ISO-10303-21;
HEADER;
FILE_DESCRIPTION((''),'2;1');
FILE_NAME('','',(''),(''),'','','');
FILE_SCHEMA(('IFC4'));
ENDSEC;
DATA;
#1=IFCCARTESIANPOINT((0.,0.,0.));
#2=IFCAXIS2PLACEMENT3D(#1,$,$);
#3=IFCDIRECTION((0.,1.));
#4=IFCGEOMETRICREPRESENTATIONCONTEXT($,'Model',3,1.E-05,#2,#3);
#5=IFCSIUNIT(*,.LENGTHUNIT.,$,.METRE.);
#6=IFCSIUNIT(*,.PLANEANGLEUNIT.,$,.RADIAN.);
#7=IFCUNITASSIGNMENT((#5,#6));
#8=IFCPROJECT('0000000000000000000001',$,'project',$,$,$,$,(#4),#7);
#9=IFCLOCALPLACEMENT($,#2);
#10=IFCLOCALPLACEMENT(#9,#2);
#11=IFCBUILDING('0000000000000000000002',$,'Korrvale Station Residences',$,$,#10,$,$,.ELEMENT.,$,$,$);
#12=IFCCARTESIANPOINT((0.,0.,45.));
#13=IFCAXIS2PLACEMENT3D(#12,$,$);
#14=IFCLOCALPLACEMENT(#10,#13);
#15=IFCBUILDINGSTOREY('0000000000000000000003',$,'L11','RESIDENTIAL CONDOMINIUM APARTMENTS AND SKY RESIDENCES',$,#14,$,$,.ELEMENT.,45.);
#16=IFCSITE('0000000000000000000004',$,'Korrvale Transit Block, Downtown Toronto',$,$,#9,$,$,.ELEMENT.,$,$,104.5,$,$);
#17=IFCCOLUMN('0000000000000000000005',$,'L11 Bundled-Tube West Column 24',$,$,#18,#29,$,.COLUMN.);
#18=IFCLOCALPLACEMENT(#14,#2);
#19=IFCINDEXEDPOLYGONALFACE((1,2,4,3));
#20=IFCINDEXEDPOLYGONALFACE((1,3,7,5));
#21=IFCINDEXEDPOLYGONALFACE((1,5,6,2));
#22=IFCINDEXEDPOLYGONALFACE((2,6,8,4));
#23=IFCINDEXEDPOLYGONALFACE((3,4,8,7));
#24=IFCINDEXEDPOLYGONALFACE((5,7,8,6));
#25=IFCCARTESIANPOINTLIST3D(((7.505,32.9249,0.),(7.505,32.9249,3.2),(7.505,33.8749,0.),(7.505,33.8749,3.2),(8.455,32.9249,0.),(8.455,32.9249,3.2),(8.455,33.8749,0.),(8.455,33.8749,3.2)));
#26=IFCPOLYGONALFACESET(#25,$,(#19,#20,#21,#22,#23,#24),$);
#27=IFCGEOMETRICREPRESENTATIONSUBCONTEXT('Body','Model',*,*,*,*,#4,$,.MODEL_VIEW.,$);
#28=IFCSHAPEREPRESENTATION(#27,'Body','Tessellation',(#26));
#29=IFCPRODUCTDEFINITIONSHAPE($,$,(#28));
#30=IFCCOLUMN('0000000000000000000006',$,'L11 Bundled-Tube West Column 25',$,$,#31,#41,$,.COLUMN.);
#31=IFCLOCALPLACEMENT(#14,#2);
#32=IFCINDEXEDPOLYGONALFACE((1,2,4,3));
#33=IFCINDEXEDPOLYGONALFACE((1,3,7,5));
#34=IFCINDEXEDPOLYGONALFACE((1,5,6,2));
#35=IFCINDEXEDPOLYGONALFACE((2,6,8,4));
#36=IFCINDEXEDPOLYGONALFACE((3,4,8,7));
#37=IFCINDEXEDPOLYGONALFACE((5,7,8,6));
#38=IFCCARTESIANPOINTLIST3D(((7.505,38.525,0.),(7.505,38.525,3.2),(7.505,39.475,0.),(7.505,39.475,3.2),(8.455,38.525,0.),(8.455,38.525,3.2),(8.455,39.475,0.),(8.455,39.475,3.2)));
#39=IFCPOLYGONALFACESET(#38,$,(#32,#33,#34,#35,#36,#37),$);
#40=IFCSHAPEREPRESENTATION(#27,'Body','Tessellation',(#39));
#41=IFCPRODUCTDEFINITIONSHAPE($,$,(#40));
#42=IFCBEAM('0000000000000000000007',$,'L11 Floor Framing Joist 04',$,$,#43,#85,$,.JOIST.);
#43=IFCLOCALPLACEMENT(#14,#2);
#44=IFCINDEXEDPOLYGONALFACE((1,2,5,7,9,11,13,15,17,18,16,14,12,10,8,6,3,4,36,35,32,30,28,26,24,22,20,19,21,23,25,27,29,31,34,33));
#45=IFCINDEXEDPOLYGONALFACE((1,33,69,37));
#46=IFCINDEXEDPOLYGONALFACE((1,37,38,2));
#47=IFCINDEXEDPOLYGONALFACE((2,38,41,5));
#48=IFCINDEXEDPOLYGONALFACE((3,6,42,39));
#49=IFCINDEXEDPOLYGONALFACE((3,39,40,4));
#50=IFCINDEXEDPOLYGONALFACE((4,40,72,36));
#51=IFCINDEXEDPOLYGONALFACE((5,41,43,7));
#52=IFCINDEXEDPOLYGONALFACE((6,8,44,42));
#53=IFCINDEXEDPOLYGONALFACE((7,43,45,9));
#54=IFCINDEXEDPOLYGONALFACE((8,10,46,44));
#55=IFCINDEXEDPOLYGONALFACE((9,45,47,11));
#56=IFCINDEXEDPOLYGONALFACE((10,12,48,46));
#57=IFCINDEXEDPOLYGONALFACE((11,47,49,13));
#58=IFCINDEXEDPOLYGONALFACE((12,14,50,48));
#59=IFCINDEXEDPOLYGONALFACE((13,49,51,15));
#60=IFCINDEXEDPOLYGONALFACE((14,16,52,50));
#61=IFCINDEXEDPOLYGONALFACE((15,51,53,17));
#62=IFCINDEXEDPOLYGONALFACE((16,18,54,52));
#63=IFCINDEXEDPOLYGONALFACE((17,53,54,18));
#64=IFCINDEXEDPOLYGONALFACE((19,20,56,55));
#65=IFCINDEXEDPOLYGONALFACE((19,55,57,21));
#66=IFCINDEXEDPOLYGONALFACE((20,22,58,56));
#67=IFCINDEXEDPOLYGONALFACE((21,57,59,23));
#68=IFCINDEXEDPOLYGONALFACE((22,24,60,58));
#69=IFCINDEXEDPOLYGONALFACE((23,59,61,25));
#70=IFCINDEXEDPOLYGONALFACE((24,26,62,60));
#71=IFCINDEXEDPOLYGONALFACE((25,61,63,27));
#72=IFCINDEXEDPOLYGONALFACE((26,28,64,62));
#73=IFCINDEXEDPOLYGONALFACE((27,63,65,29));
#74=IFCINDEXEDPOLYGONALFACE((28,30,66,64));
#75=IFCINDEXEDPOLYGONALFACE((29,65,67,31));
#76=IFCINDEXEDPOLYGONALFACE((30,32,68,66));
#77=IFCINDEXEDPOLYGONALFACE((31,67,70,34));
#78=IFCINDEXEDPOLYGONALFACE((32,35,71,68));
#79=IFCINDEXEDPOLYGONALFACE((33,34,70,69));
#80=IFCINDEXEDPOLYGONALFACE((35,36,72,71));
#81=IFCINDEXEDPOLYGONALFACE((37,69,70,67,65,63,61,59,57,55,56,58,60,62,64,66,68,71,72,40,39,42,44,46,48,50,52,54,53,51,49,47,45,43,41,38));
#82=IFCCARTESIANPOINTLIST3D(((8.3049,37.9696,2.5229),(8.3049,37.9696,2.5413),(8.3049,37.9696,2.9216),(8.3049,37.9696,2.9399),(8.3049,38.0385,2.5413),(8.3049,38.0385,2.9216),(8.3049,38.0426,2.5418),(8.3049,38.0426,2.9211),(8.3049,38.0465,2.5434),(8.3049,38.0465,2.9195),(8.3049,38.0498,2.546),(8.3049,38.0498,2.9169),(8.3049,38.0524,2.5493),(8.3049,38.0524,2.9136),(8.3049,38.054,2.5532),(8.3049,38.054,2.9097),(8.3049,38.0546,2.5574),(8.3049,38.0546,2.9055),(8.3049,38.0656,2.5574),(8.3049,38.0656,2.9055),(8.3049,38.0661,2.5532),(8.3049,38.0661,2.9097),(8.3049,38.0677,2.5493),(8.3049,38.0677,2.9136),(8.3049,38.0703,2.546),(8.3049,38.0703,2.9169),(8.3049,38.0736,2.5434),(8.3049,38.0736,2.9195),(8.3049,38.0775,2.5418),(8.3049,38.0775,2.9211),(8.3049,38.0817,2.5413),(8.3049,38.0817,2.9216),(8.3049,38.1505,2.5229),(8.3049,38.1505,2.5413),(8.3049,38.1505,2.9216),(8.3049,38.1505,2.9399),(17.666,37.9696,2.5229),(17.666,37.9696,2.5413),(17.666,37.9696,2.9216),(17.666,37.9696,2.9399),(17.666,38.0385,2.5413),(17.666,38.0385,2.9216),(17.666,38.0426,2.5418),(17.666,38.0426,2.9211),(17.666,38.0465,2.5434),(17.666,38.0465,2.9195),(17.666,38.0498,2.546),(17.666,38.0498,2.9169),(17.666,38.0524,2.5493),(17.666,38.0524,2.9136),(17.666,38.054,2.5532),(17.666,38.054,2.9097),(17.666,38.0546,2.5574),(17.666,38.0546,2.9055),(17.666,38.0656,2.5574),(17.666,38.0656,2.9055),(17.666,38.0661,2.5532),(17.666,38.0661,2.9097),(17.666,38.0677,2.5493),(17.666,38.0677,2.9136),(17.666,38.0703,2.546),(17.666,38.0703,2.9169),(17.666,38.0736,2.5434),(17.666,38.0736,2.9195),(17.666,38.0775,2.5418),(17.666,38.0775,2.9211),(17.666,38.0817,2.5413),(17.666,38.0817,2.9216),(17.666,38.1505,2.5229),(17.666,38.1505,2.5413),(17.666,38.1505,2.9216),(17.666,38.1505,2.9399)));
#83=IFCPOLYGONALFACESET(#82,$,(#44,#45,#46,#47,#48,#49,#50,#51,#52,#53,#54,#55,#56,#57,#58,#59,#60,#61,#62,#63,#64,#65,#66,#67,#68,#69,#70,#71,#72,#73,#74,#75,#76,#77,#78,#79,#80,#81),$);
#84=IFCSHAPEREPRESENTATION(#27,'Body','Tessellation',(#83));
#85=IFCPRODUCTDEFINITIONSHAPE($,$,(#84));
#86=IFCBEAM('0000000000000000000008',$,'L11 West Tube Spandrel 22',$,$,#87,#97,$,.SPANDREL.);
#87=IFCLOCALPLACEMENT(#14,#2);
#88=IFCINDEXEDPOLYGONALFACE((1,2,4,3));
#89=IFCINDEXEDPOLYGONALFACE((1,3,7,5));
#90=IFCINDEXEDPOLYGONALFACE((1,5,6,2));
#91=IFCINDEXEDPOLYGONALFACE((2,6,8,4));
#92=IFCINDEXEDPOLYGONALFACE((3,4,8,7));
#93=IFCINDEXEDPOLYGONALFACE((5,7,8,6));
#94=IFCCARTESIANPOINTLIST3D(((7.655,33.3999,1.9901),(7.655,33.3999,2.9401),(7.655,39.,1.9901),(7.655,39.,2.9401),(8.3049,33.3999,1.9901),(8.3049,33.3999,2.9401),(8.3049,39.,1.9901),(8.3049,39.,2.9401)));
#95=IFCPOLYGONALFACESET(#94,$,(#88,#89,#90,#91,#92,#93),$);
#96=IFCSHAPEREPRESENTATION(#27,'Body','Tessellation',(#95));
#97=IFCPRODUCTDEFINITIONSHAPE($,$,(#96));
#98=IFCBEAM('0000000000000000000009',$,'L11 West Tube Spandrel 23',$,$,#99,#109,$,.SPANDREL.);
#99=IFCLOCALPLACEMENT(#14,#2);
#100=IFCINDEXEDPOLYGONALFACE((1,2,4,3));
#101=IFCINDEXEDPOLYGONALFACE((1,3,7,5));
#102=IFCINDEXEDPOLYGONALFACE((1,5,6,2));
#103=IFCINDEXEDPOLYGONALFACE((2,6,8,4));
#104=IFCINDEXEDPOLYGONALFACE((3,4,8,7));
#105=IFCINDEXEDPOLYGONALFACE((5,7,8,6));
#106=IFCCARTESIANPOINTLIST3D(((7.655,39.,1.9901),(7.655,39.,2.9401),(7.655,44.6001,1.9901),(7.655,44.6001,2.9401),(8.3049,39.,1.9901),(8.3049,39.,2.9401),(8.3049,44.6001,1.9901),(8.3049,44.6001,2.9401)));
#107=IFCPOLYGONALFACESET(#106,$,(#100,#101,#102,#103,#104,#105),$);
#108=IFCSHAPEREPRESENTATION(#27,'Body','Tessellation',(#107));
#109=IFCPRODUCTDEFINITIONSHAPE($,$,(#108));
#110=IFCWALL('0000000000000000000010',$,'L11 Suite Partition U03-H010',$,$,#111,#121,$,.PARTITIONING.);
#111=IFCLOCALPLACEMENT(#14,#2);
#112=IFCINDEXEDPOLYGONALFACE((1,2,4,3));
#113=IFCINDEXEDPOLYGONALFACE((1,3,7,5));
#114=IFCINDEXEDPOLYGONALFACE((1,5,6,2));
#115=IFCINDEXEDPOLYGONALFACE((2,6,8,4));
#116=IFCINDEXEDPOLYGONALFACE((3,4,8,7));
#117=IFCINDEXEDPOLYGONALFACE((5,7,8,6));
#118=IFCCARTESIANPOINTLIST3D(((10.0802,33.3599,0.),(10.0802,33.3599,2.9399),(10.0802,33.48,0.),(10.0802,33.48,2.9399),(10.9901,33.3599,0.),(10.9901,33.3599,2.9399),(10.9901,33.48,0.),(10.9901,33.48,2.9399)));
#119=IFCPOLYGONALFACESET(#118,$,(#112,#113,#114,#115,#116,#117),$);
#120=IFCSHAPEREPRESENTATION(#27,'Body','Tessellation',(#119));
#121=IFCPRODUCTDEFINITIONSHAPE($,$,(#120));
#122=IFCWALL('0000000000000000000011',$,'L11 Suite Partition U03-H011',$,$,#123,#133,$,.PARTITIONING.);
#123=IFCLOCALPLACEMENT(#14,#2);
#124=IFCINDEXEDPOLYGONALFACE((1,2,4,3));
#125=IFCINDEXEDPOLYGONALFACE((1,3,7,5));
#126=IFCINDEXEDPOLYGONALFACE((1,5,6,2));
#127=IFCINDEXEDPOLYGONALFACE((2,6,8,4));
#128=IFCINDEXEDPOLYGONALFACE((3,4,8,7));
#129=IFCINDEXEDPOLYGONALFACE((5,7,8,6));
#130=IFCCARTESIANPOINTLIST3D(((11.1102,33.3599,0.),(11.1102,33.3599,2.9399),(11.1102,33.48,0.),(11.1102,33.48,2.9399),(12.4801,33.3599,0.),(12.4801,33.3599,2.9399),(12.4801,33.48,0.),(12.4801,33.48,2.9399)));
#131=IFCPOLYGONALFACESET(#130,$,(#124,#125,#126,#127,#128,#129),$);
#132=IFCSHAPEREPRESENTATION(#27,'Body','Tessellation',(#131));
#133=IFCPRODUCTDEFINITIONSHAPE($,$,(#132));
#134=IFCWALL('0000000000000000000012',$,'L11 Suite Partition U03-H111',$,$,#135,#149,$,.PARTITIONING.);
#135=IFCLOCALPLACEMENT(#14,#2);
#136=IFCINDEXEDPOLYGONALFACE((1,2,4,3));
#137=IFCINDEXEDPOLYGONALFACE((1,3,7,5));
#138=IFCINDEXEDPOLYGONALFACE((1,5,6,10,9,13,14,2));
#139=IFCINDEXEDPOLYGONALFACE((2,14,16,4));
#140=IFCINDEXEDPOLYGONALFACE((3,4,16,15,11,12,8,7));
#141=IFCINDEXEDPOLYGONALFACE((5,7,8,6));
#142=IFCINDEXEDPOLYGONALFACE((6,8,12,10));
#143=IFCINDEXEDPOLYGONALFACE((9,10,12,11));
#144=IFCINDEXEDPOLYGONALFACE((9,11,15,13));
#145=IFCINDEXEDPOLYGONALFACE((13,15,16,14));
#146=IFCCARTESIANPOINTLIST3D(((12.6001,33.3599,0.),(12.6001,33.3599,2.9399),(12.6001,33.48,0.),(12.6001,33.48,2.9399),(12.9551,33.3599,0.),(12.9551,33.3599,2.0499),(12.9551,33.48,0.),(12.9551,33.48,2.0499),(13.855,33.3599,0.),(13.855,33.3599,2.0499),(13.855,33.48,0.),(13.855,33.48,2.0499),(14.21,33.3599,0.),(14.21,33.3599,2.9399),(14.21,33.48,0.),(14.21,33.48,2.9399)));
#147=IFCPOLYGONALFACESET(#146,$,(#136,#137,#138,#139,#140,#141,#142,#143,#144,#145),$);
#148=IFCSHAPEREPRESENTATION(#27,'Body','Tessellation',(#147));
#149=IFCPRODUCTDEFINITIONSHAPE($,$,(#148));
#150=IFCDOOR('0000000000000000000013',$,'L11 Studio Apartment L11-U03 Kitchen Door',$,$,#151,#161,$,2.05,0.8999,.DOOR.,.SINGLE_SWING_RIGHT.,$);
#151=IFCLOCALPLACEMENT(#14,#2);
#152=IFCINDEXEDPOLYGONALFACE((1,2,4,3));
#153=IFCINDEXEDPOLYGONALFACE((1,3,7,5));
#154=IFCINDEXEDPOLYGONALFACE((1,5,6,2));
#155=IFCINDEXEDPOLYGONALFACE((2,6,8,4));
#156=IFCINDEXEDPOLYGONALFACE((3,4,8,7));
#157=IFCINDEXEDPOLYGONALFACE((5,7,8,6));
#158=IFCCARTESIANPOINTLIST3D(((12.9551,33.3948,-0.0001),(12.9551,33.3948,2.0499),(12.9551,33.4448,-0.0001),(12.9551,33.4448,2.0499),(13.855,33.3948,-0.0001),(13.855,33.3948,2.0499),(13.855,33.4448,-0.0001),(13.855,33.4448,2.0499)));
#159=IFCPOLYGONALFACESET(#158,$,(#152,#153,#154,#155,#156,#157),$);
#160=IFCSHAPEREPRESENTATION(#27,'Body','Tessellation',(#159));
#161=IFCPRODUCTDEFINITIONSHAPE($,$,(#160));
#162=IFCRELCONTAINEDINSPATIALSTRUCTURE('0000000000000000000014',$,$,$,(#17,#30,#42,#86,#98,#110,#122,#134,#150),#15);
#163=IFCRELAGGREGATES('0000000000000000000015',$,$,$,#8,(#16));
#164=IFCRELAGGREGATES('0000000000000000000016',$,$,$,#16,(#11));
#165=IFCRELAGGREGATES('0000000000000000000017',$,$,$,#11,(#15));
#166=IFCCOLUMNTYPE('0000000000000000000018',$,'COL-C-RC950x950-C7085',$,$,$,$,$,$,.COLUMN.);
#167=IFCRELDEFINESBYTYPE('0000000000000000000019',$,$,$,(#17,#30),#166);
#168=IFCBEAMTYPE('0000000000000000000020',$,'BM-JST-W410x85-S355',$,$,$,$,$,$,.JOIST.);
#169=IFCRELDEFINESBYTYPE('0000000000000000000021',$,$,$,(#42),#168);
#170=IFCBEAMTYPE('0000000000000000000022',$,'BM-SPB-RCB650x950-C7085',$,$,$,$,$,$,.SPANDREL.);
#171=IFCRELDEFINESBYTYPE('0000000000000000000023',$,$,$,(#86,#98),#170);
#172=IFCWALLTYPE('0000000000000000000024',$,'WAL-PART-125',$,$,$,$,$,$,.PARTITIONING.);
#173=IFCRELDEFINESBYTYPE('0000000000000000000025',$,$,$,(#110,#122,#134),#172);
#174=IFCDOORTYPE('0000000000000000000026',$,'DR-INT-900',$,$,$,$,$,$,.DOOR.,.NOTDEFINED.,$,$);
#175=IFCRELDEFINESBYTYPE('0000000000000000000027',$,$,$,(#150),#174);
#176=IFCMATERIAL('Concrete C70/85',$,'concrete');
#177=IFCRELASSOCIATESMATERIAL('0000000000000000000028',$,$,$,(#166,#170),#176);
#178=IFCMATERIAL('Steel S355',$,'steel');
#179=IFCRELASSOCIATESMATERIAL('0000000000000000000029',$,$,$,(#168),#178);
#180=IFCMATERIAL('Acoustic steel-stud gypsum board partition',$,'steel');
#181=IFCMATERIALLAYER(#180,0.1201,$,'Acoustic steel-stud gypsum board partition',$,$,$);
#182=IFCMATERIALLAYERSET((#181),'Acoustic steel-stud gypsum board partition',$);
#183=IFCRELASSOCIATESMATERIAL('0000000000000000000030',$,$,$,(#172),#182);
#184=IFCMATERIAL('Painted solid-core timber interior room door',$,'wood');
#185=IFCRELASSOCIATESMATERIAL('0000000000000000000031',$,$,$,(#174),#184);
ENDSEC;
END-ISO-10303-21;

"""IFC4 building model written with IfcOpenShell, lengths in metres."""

from ifc_helpers import new_model, si_unit, direction, frame, frame_2d, origin, origin_2d, place, context, subcontext, project, spatial, rectangle, i_section, extrude, material, layer, layer_set, material_profile, profile_set, type_object, element, fill, save


model = new_model("IFC4")

# Units and contexts
model_context = context("Model", 3, precision=1e-05, world=origin(), true_north=direction((0.0, 1.0)))
body_context = subcontext(model_context, "Body", "Model", "MODEL_VIEW")
ifc_project = project(units=[si_unit("LENGTHUNIT", "METRE"), si_unit("PLANEANGLEUNIT", "RADIAN")], contexts=[model_context])

# Site, building, storey
site_placement = place(None, origin())
site = spatial("IfcSite", under=ifc_project, at=site_placement, Name="Korrvale Transit Block, Downtown Toronto", CompositionType="ELEMENT", RefElevation=104.5)
building_placement = place(site_placement, origin())
building = spatial("IfcBuilding", under=site, at=building_placement, Name="Korrvale Station Residences", CompositionType="ELEMENT")
storey_placement = place(building_placement, frame((0.0, 0.0, 45.0)))
storey = spatial("IfcBuildingStorey", under=building, at=storey_placement, Name="L11", Description="RESIDENTIAL CONDOMINIUM APARTMENTS AND SKY RESIDENCES", CompositionType="ELEMENT", Elevation=45.0)

# Columns
ifc_material_1 = material(Name="Concrete C70/85", Category="concrete")
ifc_material_profile_1 = material_profile(ifc_material_1, rectangle(XDim=0.95, YDim=0.95, at=origin_2d()), Name="RC950x950")
ifc_profile_set_1 = profile_set([ifc_material_profile_1], Name="Concrete C70/85")
column_type = type_object("IfcColumnType", Name="COL-C-RC950x950-C7085", PredefinedType="COLUMN", material=ifc_profile_set_1)
for number, where, z_axis, x_axis, name in (
    (1, (7.98, 33.3999, 0.0), (0.0, 0.0, 1.0), (1.0, 0.0, 0.0), "L11 Bundled-Tube West Column 24"),
    (2, (7.98, 39.0, 0.0), (0.0, 0.0, 1.0), (1.0, 0.0, 0.0), "L11 Bundled-Tube West Column 25"),
):
    element("IfcColumn", number, at=place(storey_placement, frame(where, z_axis=z_axis, x_axis=x_axis)), inside=storey, type_object=column_type, Name=name, PredefinedType="COLUMN", context=body_context, shape_type="SweptSolid", body=[
        extrude(rectangle(XDim=0.95, YDim=0.95, at=origin_2d()), origin(), (0.0, 0.0, 1.0), 3.2),
    ])

# Beams
ifc_material_2 = material(Name="Steel S355", Category="steel")
ifc_material_profile_2 = material_profile(ifc_material_2, i_section(OverallWidth=0.1809, OverallDepth=0.417, WebThickness=0.011, FlangeThickness=0.0183, FilletRadius=0.0161, at=origin_2d()), Name="W410x85")
ifc_profile_set_2 = profile_set([ifc_material_profile_2], Name="Steel S355")
beam_type_1 = type_object("IfcBeamType", Name="BM-JST-W410x85-S355", PredefinedType="JOIST", material=ifc_profile_set_2)
beam_placement = place(storey_placement, frame((8.3049, 38.0601, 2.7314), z_axis=(1.0, 0.0, 0.0), x_axis=(0.0, 1.0, 0.0)))
element("IfcBeam", 3, at=beam_placement, inside=storey, type_object=beam_type_1, Name="L11 Floor Framing Joist 04", PredefinedType="JOIST", context=body_context, shape_type="SweptSolid", body=[
    extrude(i_section(OverallWidth=0.1809, OverallDepth=0.417, WebThickness=0.011, FlangeThickness=0.0183, FilletRadius=0.0161, at=origin_2d()), origin(), (0.0, 0.0, 1.0), 9.3611),
])
ifc_material_profile_3 = material_profile(ifc_material_1, rectangle(XDim=0.6499, YDim=0.95, at=origin_2d()), Name="RCB650x950")
ifc_profile_set_3 = profile_set([ifc_material_profile_3], Name="Concrete C70/85")
beam_type_2 = type_object("IfcBeamType", Name="BM-SPB-RCB650x950-C7085", PredefinedType="SPANDREL", material=ifc_profile_set_3)
for number, where, z_axis, x_axis, name in (
    (4, (7.98, 33.3999, 2.4651), (0.0, 1.0, 0.0), (-1.0, 0.0, 0.0), "L11 West Tube Spandrel 22"),
    (5, (7.98, 39.0, 2.4651), (0.0, 1.0, 0.0), (-1.0, 0.0, 0.0), "L11 West Tube Spandrel 23"),
):
    element("IfcBeam", number, at=place(storey_placement, frame(where, z_axis=z_axis, x_axis=x_axis)), inside=storey, type_object=beam_type_2, Name=name, PredefinedType="SPANDREL", context=body_context, shape_type="SweptSolid", body=[
        extrude(rectangle(XDim=0.6499, YDim=0.95, at=origin_2d()), origin(), (0.0, 0.0, 1.0), 5.6001),
    ])

# Walls
ifc_material_3 = material(Name="Acoustic steel-stud gypsum board partition", Category="steel")
ifc_layer_1 = layer(ifc_material_3, 0.1201, Name="Acoustic steel-stud gypsum board partition")
ifc_layer_set_1 = layer_set([ifc_layer_1], Name="Acoustic steel-stud gypsum board partition")
wall_type = type_object("IfcWallType", Name="WAL-PART-125", PredefinedType="PARTITIONING", material=ifc_layer_set_1)
wall_1_placement = place(storey_placement, frame((10.0801, 33.4199, 0.0), z_axis=(0.0, 0.0, 1.0), x_axis=(1.0, 0.0, 0.0)))
element("IfcWall", 6, at=wall_1_placement, inside=storey, type_object=wall_type, Name="L11 Suite Partition U03-H010", PredefinedType="PARTITIONING", context=body_context, shape_type="SweptSolid", body=[
    extrude(rectangle(XDim=0.9099, YDim=0.1201, at=frame_2d((0.4551, 0.0))), origin(), (0.0, 0.0, 1.0), 2.9399),
])
wall_2_placement = place(storey_placement, frame((11.1101, 33.4199, 0.0), z_axis=(0.0, 0.0, 1.0), x_axis=(1.0, 0.0, 0.0)))
element("IfcWall", 7, at=wall_2_placement, inside=storey, type_object=wall_type, Name="L11 Suite Partition U03-H011", PredefinedType="PARTITIONING", context=body_context, shape_type="SweptSolid", body=[
    extrude(rectangle(XDim=1.3699, YDim=0.1201, at=frame_2d((0.6851, 0.0))), origin(), (0.0, 0.0, 1.0), 2.9399),
])

# Wall, opening, door
wall_3_placement = place(storey_placement, frame((12.6001, 33.4199, 0.0), z_axis=(0.0, 0.0, 1.0), x_axis=(1.0, 0.0, 0.0)))
wall_3 = element("IfcWall", 8, at=wall_3_placement, inside=storey, type_object=wall_type, Name="L11 Suite Partition U03-H111", PredefinedType="PARTITIONING", context=body_context, shape_type="SweptSolid", body=[
    extrude(rectangle(XDim=1.6099, YDim=0.1201, at=frame_2d((0.8049, 0.0))), origin(), (0.0, 0.0, 1.0), 2.9399),
])
opening_1_placement = place(wall_3_placement, frame((0.355, 0.0, 0.0)))
opening_1 = element("IfcOpeningElement", 9, at=opening_1_placement, cuts=wall_3, PredefinedType="OPENING", context=body_context, shape_type="SweptSolid", body=[
    extrude(rectangle(XDim=0.8999, YDim=2.05, at=frame_2d((0.45, 1.0249))), frame((0.0, 0.0701, 0.0), z_axis=(0.0, -1.0, 0.0), x_axis=(1.0, 0.0, 0.0)), (0.0, 0.0, 1.0), 0.1401),
])
ifc_material_4 = material(Name="Painted solid-core timber interior room door", Category="wood")
door_type = type_object("IfcDoorType", Name="DR-INT-900", OperationType="NOTDEFINED", PredefinedType="DOOR", material=ifc_material_4)
door_1_placement = place(opening_1_placement, origin())
door_1 = element("IfcDoor", 10, at=door_1_placement, inside=storey, type_object=door_type, Name="L11 Studio Apartment L11-U03 Kitchen Door", OperationType="SINGLE_SWING_RIGHT", OverallHeight=2.05, OverallWidth=0.8999, PredefinedType="DOOR", context=body_context, shape_type="SweptSolid", body=[
    extrude(rectangle(XDim=0.8999, YDim=2.05, at=frame_2d((0.45, 1.0249))), frame((0.0, 0.0249, 0.0), z_axis=(0.0, -1.0, 0.0), x_axis=(1.0, 0.0, 0.0)), (0.0, 0.0, 1.0), 0.05),
])
fill(opening_1, door_1)

save(model, "model.ifc")
